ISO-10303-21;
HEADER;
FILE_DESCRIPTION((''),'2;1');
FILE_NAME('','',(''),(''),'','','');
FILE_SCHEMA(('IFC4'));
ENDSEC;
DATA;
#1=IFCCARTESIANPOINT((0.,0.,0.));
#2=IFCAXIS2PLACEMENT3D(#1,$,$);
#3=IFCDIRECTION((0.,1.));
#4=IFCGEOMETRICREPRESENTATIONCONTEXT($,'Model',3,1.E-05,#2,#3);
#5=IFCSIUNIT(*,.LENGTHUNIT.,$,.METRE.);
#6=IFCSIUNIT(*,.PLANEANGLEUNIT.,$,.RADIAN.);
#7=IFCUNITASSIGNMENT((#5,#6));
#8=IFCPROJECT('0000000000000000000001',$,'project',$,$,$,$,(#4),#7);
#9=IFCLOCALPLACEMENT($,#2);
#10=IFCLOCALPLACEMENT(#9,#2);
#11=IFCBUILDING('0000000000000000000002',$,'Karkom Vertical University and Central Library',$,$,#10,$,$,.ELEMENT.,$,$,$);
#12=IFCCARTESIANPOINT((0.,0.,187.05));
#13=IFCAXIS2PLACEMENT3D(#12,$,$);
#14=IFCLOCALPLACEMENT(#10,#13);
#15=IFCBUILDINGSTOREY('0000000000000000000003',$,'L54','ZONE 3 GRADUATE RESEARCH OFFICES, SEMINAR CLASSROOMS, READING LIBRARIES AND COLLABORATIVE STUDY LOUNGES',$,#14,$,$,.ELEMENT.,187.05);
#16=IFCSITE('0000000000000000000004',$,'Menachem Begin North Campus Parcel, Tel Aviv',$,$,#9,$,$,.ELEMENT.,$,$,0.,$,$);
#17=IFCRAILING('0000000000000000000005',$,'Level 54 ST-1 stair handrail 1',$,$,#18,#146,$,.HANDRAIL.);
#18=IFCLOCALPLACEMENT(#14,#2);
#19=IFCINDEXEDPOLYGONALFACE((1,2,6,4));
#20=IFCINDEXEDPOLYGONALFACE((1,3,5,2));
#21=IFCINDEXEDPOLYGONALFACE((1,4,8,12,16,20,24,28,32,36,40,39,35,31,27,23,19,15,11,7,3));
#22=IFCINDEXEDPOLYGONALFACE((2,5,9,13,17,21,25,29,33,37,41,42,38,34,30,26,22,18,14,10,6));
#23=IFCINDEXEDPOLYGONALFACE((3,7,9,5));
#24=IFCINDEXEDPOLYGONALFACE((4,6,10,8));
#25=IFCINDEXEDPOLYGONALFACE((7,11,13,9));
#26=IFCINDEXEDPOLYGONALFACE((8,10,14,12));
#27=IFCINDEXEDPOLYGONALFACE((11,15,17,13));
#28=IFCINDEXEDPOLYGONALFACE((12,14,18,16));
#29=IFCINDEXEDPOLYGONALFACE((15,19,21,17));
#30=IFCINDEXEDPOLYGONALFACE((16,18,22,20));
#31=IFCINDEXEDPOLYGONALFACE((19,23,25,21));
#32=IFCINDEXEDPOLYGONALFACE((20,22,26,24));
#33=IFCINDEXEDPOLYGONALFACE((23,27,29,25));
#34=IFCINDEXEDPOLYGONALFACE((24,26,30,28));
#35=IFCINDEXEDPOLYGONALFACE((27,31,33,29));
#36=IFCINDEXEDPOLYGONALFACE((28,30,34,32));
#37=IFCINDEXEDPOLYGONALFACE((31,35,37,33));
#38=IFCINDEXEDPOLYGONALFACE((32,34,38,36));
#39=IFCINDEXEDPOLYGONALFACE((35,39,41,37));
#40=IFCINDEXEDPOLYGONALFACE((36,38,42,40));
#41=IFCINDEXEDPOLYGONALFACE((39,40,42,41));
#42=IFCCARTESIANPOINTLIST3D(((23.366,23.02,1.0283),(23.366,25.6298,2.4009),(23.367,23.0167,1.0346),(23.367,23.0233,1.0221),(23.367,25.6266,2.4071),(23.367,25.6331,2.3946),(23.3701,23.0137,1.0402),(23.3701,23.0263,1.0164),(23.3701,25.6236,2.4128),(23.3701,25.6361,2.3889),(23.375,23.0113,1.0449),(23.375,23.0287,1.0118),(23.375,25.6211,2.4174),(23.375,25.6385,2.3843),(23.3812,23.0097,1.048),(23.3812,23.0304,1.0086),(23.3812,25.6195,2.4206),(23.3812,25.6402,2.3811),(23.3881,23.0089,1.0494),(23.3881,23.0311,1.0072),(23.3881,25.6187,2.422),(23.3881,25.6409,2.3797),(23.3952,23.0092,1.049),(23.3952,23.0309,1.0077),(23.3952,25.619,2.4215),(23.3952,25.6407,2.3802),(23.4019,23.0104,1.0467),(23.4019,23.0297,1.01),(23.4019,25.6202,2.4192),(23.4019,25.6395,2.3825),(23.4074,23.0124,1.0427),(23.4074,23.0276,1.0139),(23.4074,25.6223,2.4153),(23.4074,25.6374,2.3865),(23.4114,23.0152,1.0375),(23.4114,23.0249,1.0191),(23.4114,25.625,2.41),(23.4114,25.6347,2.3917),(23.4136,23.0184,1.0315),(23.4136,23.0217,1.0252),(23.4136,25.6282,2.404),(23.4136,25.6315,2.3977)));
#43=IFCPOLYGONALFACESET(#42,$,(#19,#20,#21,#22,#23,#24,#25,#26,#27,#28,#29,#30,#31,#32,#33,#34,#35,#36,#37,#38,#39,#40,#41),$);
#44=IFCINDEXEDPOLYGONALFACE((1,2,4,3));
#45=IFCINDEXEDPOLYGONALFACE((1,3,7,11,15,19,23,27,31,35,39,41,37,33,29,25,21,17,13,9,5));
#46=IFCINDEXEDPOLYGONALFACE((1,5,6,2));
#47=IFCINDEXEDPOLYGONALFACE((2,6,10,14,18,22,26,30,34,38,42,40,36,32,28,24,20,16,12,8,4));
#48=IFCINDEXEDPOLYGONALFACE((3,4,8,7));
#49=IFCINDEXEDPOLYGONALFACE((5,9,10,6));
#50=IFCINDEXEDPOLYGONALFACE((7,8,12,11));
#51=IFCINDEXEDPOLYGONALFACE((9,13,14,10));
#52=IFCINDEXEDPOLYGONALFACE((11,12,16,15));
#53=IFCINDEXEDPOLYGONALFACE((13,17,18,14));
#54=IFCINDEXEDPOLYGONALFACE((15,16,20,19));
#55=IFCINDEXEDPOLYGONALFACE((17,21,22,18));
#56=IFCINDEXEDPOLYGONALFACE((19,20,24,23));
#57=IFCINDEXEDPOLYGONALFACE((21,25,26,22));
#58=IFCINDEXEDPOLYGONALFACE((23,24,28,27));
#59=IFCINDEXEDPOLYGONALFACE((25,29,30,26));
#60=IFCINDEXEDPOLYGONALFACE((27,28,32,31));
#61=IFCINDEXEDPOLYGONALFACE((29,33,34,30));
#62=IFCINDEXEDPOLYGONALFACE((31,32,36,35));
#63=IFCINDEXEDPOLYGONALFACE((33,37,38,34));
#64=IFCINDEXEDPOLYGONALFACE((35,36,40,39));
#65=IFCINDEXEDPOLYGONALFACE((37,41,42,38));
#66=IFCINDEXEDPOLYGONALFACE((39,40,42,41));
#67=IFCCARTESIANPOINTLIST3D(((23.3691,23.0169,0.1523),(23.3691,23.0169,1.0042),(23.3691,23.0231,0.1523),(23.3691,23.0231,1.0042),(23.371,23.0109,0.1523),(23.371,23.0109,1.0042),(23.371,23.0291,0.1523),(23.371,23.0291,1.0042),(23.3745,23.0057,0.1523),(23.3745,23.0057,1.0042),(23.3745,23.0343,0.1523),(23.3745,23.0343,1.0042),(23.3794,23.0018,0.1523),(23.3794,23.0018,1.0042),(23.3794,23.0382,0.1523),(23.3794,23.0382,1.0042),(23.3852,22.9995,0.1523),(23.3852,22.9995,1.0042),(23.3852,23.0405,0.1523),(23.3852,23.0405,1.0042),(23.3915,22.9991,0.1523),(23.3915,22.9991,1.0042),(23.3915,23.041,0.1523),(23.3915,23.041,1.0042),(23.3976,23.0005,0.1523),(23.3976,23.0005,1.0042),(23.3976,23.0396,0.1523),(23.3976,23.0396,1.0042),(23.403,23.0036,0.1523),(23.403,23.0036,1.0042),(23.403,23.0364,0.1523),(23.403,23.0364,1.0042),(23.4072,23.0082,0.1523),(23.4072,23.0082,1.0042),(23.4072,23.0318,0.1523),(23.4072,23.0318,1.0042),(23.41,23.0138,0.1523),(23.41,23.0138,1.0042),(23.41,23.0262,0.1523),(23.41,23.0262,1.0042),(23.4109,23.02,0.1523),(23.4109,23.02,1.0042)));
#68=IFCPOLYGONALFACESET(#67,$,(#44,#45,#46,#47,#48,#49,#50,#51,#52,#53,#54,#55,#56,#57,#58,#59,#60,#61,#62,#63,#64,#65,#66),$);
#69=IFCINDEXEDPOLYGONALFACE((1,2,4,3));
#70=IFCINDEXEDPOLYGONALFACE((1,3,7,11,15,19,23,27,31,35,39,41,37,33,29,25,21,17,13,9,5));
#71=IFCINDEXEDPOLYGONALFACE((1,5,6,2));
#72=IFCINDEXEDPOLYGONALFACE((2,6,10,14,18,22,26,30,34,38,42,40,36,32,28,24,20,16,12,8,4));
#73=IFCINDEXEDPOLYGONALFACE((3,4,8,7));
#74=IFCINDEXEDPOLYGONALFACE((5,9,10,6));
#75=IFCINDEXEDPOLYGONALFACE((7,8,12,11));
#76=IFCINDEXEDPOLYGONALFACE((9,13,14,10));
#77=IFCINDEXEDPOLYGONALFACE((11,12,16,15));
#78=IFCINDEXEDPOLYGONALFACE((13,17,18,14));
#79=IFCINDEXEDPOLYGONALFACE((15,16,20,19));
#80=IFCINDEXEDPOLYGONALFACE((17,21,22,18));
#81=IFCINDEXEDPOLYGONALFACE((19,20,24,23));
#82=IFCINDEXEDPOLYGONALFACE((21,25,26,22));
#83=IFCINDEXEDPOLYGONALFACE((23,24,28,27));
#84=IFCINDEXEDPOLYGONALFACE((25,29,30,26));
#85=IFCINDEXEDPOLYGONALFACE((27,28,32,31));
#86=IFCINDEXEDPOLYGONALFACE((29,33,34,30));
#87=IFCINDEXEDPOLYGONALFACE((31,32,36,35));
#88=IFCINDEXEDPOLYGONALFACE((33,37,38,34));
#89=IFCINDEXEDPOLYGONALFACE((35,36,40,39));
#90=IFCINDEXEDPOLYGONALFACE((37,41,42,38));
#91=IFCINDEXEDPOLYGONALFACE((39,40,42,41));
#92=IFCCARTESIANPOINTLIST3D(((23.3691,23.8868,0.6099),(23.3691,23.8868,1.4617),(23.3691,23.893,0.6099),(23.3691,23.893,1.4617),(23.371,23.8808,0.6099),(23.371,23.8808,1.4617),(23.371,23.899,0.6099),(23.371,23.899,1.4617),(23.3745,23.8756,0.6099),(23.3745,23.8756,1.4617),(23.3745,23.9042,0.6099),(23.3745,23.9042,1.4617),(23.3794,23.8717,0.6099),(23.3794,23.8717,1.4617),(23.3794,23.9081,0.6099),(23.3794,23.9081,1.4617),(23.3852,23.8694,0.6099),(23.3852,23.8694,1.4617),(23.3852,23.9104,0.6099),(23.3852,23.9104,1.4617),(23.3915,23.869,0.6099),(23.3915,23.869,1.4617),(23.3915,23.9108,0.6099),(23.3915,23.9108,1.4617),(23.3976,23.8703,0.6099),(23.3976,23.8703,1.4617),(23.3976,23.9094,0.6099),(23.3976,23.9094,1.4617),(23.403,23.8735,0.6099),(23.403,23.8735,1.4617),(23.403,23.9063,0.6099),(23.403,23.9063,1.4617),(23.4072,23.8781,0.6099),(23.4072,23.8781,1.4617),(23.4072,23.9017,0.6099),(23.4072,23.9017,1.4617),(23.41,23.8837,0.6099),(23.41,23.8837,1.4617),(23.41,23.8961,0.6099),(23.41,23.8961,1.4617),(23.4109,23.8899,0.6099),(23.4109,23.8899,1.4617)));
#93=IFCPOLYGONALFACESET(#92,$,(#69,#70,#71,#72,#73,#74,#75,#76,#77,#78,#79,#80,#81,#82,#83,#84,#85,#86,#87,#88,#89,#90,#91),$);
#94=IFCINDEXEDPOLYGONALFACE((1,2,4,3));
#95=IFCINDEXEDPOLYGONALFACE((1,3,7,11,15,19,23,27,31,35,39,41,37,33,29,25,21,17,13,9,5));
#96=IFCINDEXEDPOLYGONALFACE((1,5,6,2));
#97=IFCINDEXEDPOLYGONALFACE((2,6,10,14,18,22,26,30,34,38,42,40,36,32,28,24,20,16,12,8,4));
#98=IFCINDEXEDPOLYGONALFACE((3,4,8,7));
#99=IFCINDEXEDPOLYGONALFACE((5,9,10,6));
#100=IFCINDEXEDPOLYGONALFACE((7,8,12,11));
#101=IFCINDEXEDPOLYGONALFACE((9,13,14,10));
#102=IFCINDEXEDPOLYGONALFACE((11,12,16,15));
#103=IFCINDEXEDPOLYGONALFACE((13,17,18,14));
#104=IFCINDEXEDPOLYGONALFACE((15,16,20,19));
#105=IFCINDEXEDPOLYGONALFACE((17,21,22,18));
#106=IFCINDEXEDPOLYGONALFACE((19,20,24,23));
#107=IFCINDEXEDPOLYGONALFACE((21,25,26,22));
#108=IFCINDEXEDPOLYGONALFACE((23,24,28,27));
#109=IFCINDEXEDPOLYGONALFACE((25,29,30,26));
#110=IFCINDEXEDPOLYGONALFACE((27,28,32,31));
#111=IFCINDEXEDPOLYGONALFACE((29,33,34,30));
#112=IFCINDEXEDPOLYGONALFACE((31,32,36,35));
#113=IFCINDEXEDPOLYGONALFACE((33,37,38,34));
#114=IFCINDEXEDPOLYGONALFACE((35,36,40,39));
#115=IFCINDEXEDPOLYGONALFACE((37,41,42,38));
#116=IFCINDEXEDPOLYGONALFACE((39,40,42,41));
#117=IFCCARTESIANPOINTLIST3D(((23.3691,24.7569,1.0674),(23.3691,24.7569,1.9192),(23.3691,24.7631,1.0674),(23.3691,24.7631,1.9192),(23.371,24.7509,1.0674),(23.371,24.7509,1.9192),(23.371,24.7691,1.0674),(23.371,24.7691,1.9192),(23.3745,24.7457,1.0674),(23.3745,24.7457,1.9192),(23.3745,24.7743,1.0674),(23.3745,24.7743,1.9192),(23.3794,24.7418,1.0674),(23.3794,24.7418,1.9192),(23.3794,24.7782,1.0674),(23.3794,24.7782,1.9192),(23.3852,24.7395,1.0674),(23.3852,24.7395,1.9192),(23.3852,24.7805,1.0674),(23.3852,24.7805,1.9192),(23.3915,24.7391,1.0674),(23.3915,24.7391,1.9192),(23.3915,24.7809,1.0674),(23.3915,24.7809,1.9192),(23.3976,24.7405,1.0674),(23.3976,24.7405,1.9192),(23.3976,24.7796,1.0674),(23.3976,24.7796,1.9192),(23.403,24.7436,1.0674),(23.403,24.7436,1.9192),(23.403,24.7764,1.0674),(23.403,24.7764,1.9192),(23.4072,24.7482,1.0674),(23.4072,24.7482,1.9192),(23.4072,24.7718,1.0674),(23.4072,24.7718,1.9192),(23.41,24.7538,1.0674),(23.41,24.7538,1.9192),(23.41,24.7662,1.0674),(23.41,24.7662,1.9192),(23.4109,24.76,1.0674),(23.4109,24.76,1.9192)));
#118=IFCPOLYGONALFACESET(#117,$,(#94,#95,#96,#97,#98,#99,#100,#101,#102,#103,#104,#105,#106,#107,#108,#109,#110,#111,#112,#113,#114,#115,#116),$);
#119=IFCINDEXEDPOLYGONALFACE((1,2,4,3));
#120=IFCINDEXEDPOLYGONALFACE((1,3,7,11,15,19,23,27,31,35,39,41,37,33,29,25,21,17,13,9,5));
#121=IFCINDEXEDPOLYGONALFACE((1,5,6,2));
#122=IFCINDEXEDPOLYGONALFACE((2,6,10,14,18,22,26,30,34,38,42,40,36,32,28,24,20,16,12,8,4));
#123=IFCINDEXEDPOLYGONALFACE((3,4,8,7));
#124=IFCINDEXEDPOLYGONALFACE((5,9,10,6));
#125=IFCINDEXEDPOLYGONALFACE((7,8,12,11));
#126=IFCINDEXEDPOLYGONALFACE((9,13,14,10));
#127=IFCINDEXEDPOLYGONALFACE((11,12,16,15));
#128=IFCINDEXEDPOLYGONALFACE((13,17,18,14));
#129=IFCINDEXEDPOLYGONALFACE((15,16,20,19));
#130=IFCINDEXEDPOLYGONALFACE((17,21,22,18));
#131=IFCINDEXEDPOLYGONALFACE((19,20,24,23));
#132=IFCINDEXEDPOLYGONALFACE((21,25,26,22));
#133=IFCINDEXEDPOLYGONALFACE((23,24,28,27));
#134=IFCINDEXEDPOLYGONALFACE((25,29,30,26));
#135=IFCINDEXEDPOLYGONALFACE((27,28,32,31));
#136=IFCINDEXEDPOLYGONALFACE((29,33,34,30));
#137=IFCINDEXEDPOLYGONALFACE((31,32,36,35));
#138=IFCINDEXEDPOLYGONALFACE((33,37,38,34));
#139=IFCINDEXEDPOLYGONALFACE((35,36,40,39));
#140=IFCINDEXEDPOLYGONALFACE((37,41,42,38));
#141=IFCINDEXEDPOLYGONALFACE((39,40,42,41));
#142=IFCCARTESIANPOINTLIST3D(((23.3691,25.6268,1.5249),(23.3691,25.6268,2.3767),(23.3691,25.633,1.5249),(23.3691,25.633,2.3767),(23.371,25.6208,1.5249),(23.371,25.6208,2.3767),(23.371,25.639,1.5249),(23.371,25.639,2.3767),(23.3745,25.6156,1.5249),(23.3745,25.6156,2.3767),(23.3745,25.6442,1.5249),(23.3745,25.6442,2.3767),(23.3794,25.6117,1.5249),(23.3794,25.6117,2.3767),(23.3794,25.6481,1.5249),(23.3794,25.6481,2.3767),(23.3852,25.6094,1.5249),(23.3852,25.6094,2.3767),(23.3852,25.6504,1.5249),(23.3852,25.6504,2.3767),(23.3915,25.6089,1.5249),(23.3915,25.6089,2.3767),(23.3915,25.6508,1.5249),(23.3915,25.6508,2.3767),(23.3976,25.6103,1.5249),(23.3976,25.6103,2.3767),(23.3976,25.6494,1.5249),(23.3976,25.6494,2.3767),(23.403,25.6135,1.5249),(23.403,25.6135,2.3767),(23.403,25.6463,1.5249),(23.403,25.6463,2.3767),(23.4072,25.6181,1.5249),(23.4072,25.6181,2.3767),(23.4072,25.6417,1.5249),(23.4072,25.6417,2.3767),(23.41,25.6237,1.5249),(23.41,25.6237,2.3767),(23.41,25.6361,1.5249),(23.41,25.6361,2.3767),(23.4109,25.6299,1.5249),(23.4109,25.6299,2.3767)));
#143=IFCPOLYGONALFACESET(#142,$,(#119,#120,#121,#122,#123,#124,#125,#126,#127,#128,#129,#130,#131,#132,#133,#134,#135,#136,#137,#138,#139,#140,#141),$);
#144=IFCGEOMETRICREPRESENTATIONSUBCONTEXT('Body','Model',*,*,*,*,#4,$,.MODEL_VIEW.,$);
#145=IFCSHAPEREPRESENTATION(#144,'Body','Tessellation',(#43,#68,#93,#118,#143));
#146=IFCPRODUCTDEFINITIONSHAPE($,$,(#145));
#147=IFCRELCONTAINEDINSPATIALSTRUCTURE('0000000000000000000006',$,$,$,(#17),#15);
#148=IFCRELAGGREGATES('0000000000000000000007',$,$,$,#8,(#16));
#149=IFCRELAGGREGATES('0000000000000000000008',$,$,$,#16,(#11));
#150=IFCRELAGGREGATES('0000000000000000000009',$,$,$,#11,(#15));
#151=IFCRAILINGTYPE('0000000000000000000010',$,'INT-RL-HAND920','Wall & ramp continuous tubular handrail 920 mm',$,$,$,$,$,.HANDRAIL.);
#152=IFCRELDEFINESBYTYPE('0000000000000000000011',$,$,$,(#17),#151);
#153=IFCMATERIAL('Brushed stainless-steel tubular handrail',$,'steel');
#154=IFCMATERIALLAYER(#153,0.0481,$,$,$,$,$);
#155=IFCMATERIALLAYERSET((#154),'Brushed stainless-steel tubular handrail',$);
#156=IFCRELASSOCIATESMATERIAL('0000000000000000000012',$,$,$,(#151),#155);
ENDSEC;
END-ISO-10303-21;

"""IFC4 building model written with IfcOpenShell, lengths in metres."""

from ifc_helpers import new_model, si_unit, direction, frame, origin, origin_2d, place, context, subcontext, project, spatial, circle, extrude, material, layer, layer_set, type_object, element, save


model = new_model("IFC4")

# Units and contexts
model_context = context("Model", 3, precision=1e-05, world=origin(), true_north=direction((0.0, 1.0)))
body_context = subcontext(model_context, "Body", "Model", "MODEL_VIEW")
ifc_project = project(units=[si_unit("LENGTHUNIT", "METRE"), si_unit("PLANEANGLEUNIT", "RADIAN")], contexts=[model_context])

# Site, building, storey
site_placement = place(None, origin())
site = spatial("IfcSite", under=ifc_project, at=site_placement, Name="Menachem Begin North Campus Parcel, Tel Aviv", CompositionType="ELEMENT", RefElevation=0.0)
building_placement = place(site_placement, origin())
building = spatial("IfcBuilding", under=site, at=building_placement, Name="Karkom Vertical University and Central Library", CompositionType="ELEMENT")
storey_placement = place(building_placement, frame((0.0, 0.0, 187.05)))
storey = spatial("IfcBuildingStorey", under=building, at=storey_placement, Name="L54", Description="ZONE 3 GRADUATE RESEARCH OFFICES, SEMINAR CLASSROOMS, READING LIBRARIES AND COLLABORATIVE STUDY LOUNGES", CompositionType="ELEMENT", Elevation=187.05)

# Railing
ifc_material_1 = material(Name="Brushed stainless-steel tubular handrail", Category="steel")
ifc_layer_1 = layer(ifc_material_1, 0.0481)
ifc_layer_set_1 = layer_set([ifc_layer_1], Name="Brushed stainless-steel tubular handrail")
railing_type_1 = type_object("IfcRailingType", Name="INT-RL-HAND920", Description="Wall & ramp continuous tubular handrail 920 mm", PredefinedType="HANDRAIL", material=ifc_layer_set_1)
railing_1_placement = place(storey_placement, frame((23.3899, 23.02, 0.1523)))
element("IfcRailing", 1, at=railing_1_placement, inside=storey, type_object=railing_type_1, Name="Level 54 ST-1 stair handrail 1", PredefinedType="HANDRAIL", context=body_context, shape_type="SweptSolid", body=[
    extrude(circle(Radius=0.0239, at=origin_2d()), frame((0.0, 0.0, 0.876), z_axis=(0.0, 0.885065, 0.465467), x_axis=(-1.0, 0.0, 0.0)), (0.0, 0.0, 1.0), 2.9487),
    extrude(circle(Radius=0.021, at=origin_2d()), origin(), (0.0, 0.0, 1.0), 0.8518),
    extrude(circle(Radius=0.021, at=origin_2d()), frame((0.0, 0.8699, 0.4575)), (0.0, 0.0, 1.0), 0.8518),
    extrude(circle(Radius=0.021, at=origin_2d()), frame((0.0, 1.74, 0.915)), (0.0, 0.0, 1.0), 0.8518),
    extrude(circle(Radius=0.021, at=origin_2d()), frame((0.0, 2.6099, 1.3726)), (0.0, 0.0, 1.0), 0.8518),
])

save(model, "model.ifc")
